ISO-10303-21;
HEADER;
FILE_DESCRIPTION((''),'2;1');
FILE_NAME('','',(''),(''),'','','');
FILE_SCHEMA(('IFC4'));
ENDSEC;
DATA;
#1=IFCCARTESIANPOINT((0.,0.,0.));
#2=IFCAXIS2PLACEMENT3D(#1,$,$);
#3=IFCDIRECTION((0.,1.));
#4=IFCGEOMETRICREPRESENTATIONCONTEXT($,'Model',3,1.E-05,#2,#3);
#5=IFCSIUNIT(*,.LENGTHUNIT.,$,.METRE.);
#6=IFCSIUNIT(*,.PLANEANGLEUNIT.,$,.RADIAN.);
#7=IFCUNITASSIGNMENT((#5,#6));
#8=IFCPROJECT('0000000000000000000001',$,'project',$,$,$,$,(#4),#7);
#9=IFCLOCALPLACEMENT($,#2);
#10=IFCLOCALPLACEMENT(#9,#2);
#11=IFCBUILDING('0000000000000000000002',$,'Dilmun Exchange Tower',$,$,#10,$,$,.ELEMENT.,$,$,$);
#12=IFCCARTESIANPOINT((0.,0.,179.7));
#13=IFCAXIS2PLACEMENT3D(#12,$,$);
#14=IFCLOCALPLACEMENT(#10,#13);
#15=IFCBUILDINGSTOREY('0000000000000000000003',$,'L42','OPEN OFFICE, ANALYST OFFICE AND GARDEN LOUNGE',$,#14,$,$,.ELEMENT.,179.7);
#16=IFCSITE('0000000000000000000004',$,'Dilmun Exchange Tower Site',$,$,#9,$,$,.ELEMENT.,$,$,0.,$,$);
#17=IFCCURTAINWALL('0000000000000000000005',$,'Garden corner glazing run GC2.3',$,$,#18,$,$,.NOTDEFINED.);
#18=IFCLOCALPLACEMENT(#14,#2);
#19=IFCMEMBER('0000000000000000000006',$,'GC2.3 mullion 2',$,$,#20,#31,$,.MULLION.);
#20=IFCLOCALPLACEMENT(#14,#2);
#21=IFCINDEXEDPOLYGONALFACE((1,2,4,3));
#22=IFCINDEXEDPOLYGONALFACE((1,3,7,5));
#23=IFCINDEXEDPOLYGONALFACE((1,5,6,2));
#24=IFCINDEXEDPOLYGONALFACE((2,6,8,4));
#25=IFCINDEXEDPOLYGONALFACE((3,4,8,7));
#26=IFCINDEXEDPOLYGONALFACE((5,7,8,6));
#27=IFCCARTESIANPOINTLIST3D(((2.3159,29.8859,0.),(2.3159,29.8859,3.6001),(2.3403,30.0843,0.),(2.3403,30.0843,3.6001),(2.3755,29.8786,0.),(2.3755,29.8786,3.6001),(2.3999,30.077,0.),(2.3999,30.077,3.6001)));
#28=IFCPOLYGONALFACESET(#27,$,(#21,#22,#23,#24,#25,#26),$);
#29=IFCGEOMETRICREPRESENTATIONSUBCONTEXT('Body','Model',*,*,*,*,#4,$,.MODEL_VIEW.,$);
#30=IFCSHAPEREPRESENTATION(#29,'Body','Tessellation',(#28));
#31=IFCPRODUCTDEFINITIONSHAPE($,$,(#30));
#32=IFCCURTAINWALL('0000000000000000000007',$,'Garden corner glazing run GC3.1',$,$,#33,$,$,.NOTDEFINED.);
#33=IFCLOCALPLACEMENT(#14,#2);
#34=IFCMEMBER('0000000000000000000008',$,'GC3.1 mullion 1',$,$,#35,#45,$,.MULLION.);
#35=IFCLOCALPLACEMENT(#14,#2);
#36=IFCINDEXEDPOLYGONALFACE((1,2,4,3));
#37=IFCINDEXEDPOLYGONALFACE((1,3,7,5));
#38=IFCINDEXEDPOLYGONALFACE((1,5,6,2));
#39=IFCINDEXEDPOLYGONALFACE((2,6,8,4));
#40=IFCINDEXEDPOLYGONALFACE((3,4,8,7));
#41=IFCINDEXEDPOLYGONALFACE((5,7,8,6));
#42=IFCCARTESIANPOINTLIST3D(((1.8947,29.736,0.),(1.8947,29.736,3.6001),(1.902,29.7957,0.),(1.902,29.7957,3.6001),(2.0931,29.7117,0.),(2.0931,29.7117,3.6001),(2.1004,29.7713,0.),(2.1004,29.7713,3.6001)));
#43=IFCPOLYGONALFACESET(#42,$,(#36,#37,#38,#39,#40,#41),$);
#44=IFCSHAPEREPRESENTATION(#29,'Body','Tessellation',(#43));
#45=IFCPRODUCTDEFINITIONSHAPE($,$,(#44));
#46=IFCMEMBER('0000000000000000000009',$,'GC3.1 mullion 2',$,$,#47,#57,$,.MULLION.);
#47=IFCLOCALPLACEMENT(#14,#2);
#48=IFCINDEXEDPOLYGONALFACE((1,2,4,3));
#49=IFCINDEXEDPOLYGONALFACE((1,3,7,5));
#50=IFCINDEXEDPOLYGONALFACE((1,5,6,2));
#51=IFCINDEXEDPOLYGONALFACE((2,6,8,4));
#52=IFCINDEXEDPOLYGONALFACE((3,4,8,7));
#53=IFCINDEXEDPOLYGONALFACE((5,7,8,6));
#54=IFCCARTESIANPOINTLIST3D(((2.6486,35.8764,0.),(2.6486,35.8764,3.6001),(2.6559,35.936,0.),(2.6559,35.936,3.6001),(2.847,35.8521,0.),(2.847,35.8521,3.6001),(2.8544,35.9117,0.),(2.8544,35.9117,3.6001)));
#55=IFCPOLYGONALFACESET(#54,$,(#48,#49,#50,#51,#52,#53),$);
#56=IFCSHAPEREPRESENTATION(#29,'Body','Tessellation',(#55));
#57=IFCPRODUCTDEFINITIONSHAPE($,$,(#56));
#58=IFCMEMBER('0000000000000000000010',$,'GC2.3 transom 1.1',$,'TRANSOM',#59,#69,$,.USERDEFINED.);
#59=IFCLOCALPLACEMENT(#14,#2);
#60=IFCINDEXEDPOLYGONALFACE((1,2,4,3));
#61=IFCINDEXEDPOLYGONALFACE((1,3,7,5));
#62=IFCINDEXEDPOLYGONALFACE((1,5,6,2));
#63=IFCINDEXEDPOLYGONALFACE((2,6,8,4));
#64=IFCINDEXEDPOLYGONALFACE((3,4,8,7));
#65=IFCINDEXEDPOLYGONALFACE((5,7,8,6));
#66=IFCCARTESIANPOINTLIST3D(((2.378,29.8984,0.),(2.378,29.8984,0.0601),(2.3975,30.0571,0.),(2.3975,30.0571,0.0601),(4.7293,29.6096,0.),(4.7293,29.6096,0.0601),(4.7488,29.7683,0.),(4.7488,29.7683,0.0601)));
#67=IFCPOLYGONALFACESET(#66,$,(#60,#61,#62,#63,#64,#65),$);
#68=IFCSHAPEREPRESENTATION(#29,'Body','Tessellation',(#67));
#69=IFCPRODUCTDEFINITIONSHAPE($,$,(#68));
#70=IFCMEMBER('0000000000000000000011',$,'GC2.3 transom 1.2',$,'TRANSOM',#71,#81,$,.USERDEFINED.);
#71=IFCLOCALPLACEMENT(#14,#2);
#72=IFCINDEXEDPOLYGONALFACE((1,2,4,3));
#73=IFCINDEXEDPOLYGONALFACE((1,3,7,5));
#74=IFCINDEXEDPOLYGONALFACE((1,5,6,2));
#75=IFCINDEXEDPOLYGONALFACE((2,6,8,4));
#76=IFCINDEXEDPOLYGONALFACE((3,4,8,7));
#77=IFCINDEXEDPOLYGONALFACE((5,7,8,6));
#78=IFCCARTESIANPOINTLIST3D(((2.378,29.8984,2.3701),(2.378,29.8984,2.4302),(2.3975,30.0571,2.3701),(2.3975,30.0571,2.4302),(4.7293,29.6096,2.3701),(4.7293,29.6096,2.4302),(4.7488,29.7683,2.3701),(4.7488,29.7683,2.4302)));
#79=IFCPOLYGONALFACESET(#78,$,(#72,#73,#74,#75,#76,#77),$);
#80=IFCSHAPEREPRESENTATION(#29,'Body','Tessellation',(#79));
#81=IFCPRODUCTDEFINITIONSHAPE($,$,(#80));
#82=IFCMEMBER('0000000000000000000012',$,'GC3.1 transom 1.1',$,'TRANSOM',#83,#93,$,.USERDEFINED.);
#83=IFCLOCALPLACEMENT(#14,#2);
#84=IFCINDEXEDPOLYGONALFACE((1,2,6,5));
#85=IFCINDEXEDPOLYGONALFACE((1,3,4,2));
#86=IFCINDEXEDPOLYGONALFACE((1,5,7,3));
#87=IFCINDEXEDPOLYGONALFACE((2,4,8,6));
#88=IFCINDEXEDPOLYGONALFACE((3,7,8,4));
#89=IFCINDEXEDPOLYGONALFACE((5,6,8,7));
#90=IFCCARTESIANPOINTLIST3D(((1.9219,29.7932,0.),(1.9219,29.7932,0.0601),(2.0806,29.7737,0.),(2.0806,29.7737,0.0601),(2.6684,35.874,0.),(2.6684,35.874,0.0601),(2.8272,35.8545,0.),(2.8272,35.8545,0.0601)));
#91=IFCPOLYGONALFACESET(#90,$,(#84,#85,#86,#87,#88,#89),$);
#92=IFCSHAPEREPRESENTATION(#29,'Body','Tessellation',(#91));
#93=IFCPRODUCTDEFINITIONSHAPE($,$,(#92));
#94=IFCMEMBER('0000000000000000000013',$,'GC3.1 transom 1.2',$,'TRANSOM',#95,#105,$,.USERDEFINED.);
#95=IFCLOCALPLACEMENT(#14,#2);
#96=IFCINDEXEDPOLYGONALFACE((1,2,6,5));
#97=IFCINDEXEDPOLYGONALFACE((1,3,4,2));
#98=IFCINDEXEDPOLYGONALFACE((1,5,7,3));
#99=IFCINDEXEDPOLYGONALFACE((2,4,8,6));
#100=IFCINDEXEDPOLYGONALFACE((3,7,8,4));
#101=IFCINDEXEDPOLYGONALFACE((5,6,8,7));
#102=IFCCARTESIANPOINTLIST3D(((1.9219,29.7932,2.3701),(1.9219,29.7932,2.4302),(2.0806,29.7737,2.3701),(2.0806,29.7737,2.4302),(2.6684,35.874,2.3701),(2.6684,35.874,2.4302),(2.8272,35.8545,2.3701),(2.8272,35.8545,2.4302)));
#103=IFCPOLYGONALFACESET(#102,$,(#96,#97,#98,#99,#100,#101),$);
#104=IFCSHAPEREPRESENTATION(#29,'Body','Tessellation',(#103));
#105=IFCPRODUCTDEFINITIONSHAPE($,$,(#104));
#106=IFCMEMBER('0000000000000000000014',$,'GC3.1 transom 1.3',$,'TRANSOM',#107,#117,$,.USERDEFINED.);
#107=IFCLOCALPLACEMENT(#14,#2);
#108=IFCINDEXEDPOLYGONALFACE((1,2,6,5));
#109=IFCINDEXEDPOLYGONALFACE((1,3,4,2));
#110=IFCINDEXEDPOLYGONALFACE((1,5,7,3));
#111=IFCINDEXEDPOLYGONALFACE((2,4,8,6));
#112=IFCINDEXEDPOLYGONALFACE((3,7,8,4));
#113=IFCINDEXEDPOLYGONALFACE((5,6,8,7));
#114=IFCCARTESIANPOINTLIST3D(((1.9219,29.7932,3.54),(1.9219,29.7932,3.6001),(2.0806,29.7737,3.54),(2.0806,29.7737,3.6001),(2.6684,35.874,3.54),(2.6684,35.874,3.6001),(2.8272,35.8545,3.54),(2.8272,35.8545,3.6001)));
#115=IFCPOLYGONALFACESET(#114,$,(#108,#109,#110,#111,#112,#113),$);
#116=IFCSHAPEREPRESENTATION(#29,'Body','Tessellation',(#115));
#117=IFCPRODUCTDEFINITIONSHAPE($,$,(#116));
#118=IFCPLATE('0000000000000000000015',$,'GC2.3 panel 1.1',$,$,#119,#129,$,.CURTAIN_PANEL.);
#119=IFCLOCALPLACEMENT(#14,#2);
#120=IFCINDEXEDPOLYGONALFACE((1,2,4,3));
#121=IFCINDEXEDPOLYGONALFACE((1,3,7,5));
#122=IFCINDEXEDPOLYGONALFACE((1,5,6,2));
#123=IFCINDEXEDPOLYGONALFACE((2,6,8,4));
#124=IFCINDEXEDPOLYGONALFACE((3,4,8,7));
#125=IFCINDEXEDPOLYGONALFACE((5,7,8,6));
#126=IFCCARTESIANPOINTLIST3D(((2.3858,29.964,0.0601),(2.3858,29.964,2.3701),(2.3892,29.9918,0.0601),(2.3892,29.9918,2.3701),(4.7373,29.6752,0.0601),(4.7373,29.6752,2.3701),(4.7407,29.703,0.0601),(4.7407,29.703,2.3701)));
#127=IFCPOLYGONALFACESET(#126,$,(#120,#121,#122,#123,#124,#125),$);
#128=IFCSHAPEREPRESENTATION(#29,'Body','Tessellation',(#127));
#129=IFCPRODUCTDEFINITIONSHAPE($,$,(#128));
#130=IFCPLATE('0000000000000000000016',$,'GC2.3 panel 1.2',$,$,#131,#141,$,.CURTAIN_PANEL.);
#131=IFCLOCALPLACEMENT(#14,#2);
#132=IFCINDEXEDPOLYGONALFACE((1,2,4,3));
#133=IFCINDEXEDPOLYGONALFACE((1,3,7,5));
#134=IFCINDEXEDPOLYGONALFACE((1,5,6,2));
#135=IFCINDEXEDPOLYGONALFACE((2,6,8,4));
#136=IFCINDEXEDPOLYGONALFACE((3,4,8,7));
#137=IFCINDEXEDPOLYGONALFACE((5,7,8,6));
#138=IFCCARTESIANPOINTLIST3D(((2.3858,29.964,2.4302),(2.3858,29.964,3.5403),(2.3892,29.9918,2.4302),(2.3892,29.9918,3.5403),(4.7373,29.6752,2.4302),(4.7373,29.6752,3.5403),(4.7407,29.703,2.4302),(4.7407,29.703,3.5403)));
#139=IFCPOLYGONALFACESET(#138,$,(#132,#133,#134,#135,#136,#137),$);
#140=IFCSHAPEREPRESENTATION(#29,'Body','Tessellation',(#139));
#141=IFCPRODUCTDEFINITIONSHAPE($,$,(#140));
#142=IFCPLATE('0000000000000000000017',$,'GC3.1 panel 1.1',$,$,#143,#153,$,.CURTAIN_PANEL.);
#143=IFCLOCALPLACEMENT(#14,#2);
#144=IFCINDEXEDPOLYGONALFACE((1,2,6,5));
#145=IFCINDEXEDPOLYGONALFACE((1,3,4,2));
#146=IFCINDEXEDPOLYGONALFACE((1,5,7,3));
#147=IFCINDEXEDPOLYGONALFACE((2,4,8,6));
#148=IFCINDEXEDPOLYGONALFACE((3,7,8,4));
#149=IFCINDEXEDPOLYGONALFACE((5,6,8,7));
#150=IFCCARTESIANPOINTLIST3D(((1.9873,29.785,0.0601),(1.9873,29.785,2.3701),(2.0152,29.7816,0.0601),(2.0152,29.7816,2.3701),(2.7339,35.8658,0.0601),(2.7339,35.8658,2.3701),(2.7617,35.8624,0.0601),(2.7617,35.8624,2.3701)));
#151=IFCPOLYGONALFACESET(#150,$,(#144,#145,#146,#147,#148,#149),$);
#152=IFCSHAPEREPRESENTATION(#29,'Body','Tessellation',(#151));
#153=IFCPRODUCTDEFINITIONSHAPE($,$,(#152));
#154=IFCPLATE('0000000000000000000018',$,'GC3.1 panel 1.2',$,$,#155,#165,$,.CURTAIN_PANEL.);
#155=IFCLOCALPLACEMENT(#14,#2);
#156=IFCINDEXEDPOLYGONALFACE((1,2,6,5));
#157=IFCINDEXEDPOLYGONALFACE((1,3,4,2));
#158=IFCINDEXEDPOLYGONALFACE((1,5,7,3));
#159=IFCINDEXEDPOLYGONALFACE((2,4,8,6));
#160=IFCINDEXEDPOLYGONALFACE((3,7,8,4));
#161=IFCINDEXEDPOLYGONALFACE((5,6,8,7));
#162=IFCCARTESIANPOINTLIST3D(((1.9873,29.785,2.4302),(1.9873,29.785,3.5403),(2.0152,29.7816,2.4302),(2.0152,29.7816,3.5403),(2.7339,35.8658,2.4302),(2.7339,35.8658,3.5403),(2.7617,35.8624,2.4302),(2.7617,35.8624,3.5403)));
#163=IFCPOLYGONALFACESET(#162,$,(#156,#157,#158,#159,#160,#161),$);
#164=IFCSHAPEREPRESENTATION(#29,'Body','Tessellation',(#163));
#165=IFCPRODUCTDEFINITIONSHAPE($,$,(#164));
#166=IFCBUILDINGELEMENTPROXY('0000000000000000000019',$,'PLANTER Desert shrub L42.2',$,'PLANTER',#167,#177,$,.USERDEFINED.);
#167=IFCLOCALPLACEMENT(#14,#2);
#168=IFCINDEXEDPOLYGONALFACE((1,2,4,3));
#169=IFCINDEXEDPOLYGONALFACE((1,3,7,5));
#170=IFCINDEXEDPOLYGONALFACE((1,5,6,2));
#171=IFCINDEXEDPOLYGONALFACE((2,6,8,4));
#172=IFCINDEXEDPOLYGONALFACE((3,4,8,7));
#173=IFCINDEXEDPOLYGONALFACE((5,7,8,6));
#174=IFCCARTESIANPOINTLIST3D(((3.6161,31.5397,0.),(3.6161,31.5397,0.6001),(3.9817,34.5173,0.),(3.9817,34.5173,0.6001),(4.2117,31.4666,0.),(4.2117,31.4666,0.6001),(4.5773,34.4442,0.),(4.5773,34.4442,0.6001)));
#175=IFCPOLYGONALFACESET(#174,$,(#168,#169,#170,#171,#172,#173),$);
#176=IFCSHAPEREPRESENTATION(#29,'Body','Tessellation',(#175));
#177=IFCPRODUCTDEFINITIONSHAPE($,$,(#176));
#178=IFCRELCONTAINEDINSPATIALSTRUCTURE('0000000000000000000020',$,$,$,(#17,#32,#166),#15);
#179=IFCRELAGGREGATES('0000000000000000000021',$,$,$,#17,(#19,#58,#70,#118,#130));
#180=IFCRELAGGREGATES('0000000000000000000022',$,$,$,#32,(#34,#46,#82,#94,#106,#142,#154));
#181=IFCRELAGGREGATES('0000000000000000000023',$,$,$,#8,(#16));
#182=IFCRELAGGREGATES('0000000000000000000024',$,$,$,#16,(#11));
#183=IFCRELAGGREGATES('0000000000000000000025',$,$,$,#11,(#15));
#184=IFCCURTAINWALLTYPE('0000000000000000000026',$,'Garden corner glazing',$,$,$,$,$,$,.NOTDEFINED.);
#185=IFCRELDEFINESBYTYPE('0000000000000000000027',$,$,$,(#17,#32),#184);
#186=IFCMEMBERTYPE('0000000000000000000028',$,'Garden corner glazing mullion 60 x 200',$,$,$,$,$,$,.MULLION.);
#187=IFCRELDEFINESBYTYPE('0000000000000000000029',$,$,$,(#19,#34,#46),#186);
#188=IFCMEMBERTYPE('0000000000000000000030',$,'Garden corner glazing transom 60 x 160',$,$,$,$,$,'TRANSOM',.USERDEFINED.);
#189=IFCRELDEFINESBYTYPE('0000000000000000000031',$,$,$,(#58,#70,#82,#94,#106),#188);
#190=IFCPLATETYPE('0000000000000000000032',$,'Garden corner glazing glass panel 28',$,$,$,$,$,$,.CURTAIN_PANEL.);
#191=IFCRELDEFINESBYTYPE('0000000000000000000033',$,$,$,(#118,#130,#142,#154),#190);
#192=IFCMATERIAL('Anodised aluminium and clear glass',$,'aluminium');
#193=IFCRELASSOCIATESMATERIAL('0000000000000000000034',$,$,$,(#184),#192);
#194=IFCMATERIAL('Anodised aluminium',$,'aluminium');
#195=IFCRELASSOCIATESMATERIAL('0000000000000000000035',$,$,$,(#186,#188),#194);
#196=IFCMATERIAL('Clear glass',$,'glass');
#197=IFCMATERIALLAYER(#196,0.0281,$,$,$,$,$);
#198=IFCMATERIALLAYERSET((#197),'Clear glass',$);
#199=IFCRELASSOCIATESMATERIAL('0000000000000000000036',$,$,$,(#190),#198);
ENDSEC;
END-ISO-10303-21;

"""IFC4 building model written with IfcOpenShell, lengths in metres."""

from ifc_helpers import new_model, si_unit, direction, frame, origin, origin_2d, place, context, subcontext, project, spatial, rectangle, extrude, material, layer, layer_set, material_profile, profile_set, type_object, element, aggregate, save


model = new_model("IFC4")

# Units and contexts
model_context = context("Model", 3, precision=1e-05, world=origin(), true_north=direction((0.0, 1.0)))
body_context = subcontext(model_context, "Body", "Model", "MODEL_VIEW")
ifc_project = project(units=[si_unit("LENGTHUNIT", "METRE"), si_unit("PLANEANGLEUNIT", "RADIAN")], contexts=[model_context])

# Site, building, storey
site_placement = place(None, origin())
site = spatial("IfcSite", under=ifc_project, at=site_placement, Name="Dilmun Exchange Tower Site", CompositionType="ELEMENT", RefElevation=0.0)
building_placement = place(site_placement, origin())
building = spatial("IfcBuilding", under=site, at=building_placement, Name="Dilmun Exchange Tower", CompositionType="ELEMENT")
storey_placement = place(building_placement, frame((0.0, 0.0, 179.7)))
storey = spatial("IfcBuildingStorey", under=building, at=storey_placement, Name="L42", Description="OPEN OFFICE, ANALYST OFFICE AND GARDEN LOUNGE", CompositionType="ELEMENT", Elevation=179.7)

# Curtain wall, member
ifc_material_1 = material(Name="Anodised aluminium and clear glass", Category="aluminium")
curtain_wall_type = type_object("IfcCurtainWallType", Name="Garden corner glazing", PredefinedType="NOTDEFINED", material=ifc_material_1)
curtain_wall_1_placement = place(storey_placement, origin())
curtain_wall_1 = element("IfcCurtainWall", 1, at=curtain_wall_1_placement, inside=storey, type_object=curtain_wall_type, Name="Garden corner glazing run GC2.3", PredefinedType="NOTDEFINED")
ifc_material_2 = material(Name="Anodised aluminium", Category="aluminium")
ifc_material_profile_1 = material_profile(ifc_material_2, rectangle(XDim=0.2, YDim=0.0601, at=origin_2d()), Name="AL 60x200")
ifc_profile_set_1 = profile_set([ifc_material_profile_1], Name="Anodised aluminium")
member_type_1 = type_object("IfcMemberType", Name="Garden corner glazing mullion 60 x 200", PredefinedType="MULLION", material=ifc_profile_set_1)
member_1_placement = place(storey_placement, frame((2.3579, 29.9814, 0.0), z_axis=(0.0, 0.0, 1.0), x_axis=(-0.121893, -0.992543, 0.0)))
member_1 = element("IfcMember", 2, at=member_1_placement, type_object=member_type_1, Name="GC2.3 mullion 2", PredefinedType="MULLION", context=body_context, shape_type="SweptSolid", body=[
    extrude(rectangle(XDim=0.2, YDim=0.0601, at=origin_2d()), origin(), (0.0, 0.0, 1.0), 3.6001),
])

# Curtain wall, members
curtain_wall_2_placement = place(storey_placement, origin())
curtain_wall_2 = element("IfcCurtainWall", 3, at=curtain_wall_2_placement, inside=storey, type_object=curtain_wall_type, Name="Garden corner glazing run GC3.1", PredefinedType="NOTDEFINED")
member_2_placement = place(storey_placement, frame((1.9976, 29.7537, 0.0), z_axis=(0.0, 0.0, 1.0), x_axis=(-0.992547, 0.121861, 0.0)))
member_2 = element("IfcMember", 4, at=member_2_placement, type_object=member_type_1, Name="GC3.1 mullion 1", PredefinedType="MULLION", context=body_context, shape_type="SweptSolid", body=[
    extrude(rectangle(XDim=0.2, YDim=0.0601, at=origin_2d()), origin(), (0.0, 0.0, 1.0), 3.6001),
])
member_3_placement = place(storey_placement, frame((2.7515, 35.894, 0.0), z_axis=(0.0, 0.0, 1.0), x_axis=(-0.992547, 0.121861, 0.0)))
member_3 = element("IfcMember", 5, at=member_3_placement, type_object=member_type_1, Name="GC3.1 mullion 2", PredefinedType="MULLION", context=body_context, shape_type="SweptSolid", body=[
    extrude(rectangle(XDim=0.2, YDim=0.0601, at=origin_2d()), origin(), (0.0, 0.0, 1.0), 3.6001),
])

# Members
ifc_material_profile_2 = material_profile(ifc_material_2, rectangle(XDim=0.1599, YDim=0.0601, at=origin_2d()), Name="AL 60x160")
ifc_profile_set_2 = profile_set([ifc_material_profile_2], Name="Anodised aluminium")
member_type_2 = type_object("IfcMemberType", Name="Garden corner glazing transom 60 x 160", ElementType="TRANSOM", PredefinedType="USERDEFINED", material=ifc_profile_set_2)
member_4_placement = place(storey_placement, frame((4.739, 29.689, 0.03), z_axis=(-0.99254, 0.121916, 0.0), x_axis=(-0.121916, -0.99254, 0.0)))
member_4 = element("IfcMember", 6, at=member_4_placement, type_object=member_type_2, Name="GC2.3 transom 1.1", ObjectType="TRANSOM", PredefinedType="USERDEFINED", context=body_context, shape_type="SweptSolid", body=[
    extrude(rectangle(XDim=0.1599, YDim=0.0601, at=origin_2d()), origin(), (0.0, 0.0, 1.0), 2.3689),
])
member_5_placement = place(storey_placement, frame((4.739, 29.689, 2.4001), z_axis=(-0.99254, 0.121916, 0.0), x_axis=(-0.121916, -0.99254, 0.0)))
member_5 = element("IfcMember", 7, at=member_5_placement, type_object=member_type_2, Name="GC2.3 transom 1.2", ObjectType="TRANSOM", PredefinedType="USERDEFINED", context=body_context, shape_type="SweptSolid", body=[
    extrude(rectangle(XDim=0.1599, YDim=0.0601, at=origin_2d()), origin(), (0.0, 0.0, 1.0), 2.3689),
])
member_6_placement = place(storey_placement, frame((2.0012, 29.7834, 0.03), z_axis=(0.121862, 0.992547, 0.0), x_axis=(-0.992547, 0.121862, 0.0)))
member_6 = element("IfcMember", 8, at=member_6_placement, type_object=member_type_2, Name="GC3.1 transom 1.1", ObjectType="TRANSOM", PredefinedType="USERDEFINED", context=body_context, shape_type="SweptSolid", body=[
    extrude(rectangle(XDim=0.1599, YDim=0.0601, at=origin_2d()), origin(), (0.0, 0.0, 1.0), 6.1265),
])
member_7_placement = place(storey_placement, frame((2.0012, 29.7834, 2.4001), z_axis=(0.121862, 0.992547, 0.0), x_axis=(-0.992547, 0.121862, 0.0)))
member_7 = element("IfcMember", 9, at=member_7_placement, type_object=member_type_2, Name="GC3.1 transom 1.2", ObjectType="TRANSOM", PredefinedType="USERDEFINED", context=body_context, shape_type="SweptSolid", body=[
    extrude(rectangle(XDim=0.1599, YDim=0.0601, at=origin_2d()), origin(), (0.0, 0.0, 1.0), 6.1265),
])
member_8_placement = place(storey_placement, frame((2.0012, 29.7834, 3.5701), z_axis=(0.121862, 0.992547, 0.0), x_axis=(-0.992547, 0.121862, 0.0)))
member_8 = element("IfcMember", 10, at=member_8_placement, type_object=member_type_2, Name="GC3.1 transom 1.3", ObjectType="TRANSOM", PredefinedType="USERDEFINED", context=body_context, shape_type="SweptSolid", body=[
    extrude(rectangle(XDim=0.1599, YDim=0.0601, at=origin_2d()), origin(), (0.0, 0.0, 1.0), 6.1265),
])

# Plates
ifc_material_3 = material(Name="Clear glass", Category="glass")
ifc_layer_1 = layer(ifc_material_3, 0.0281)
ifc_layer_set_1 = layer_set([ifc_layer_1], Name="Clear glass")
plate_type = type_object("IfcPlateType", Name="Garden corner glazing glass panel 28", PredefinedType="CURTAIN_PANEL", material=ifc_layer_set_1)
plate_1_placement = place(storey_placement, frame((3.5632, 29.8335, 0.0601), z_axis=(0.0, 0.0, 1.0), x_axis=(-0.992543, 0.121893, 0.0)))
plate_1 = element("IfcPlate", 11, at=plate_1_placement, type_object=plate_type, Name="GC2.3 panel 1.1", PredefinedType="CURTAIN_PANEL", context=body_context, shape_type="SweptSolid", body=[
    extrude(rectangle(XDim=2.3691, YDim=0.0281, at=origin_2d()), origin(), (0.0, 0.0, 1.0), 2.3101),
])
plate_2_placement = place(storey_placement, frame((3.5632, 29.8335, 2.4302), z_axis=(0.0, 0.0, 1.0), x_axis=(-0.992543, 0.121893, 0.0)))
plate_2 = element("IfcPlate", 12, at=plate_2_placement, type_object=plate_type, Name="GC2.3 panel 1.2", PredefinedType="CURTAIN_PANEL", context=body_context, shape_type="SweptSolid", body=[
    extrude(rectangle(XDim=2.3691, YDim=0.0281, at=origin_2d()), origin(), (0.0, 0.0, 1.0), 1.1101),
])
aggregate(curtain_wall_1, [member_1, member_4, member_5, plate_1, plate_2])
plate_3_placement = place(storey_placement, frame((2.3745, 32.8237, 0.0601), z_axis=(0.0, 0.0, 1.0), x_axis=(0.121861, 0.992547, 0.0)))
plate_3 = element("IfcPlate", 13, at=plate_3_placement, type_object=plate_type, Name="GC3.1 panel 1.1", PredefinedType="CURTAIN_PANEL", context=body_context, shape_type="SweptSolid", body=[
    extrude(rectangle(XDim=6.1265, YDim=0.0281, at=origin_2d()), origin(), (0.0, 0.0, 1.0), 2.3101),
])
plate_4_placement = place(storey_placement, frame((2.3745, 32.8237, 2.4302), z_axis=(0.0, 0.0, 1.0), x_axis=(0.121861, 0.992547, 0.0)))
plate_4 = element("IfcPlate", 14, at=plate_4_placement, type_object=plate_type, Name="GC3.1 panel 1.2", PredefinedType="CURTAIN_PANEL", context=body_context, shape_type="SweptSolid", body=[
    extrude(rectangle(XDim=6.1265, YDim=0.0281, at=origin_2d()), origin(), (0.0, 0.0, 1.0), 1.1101),
])
aggregate(curtain_wall_2, [member_2, member_3, member_6, member_7, member_8, plate_3, plate_4])

# Building element proxy
proxy_placement = place(storey_placement, frame((4.0967, 32.9919, 0.0), z_axis=(0.0, 0.0, 1.0), x_axis=(0.121869, 0.992546, 0.0)))
element("IfcBuildingElementProxy", 15, at=proxy_placement, inside=storey, Name="PLANTER Desert shrub L42.2", ObjectType="PLANTER", PredefinedType="USERDEFINED", context=body_context, shape_type="SweptSolid", body=[
    extrude(rectangle(XDim=3.0, YDim=0.6001, at=origin_2d()), origin(), (0.0, 0.0, 1.0), 0.6001),
])

save(model, "model.ifc")
